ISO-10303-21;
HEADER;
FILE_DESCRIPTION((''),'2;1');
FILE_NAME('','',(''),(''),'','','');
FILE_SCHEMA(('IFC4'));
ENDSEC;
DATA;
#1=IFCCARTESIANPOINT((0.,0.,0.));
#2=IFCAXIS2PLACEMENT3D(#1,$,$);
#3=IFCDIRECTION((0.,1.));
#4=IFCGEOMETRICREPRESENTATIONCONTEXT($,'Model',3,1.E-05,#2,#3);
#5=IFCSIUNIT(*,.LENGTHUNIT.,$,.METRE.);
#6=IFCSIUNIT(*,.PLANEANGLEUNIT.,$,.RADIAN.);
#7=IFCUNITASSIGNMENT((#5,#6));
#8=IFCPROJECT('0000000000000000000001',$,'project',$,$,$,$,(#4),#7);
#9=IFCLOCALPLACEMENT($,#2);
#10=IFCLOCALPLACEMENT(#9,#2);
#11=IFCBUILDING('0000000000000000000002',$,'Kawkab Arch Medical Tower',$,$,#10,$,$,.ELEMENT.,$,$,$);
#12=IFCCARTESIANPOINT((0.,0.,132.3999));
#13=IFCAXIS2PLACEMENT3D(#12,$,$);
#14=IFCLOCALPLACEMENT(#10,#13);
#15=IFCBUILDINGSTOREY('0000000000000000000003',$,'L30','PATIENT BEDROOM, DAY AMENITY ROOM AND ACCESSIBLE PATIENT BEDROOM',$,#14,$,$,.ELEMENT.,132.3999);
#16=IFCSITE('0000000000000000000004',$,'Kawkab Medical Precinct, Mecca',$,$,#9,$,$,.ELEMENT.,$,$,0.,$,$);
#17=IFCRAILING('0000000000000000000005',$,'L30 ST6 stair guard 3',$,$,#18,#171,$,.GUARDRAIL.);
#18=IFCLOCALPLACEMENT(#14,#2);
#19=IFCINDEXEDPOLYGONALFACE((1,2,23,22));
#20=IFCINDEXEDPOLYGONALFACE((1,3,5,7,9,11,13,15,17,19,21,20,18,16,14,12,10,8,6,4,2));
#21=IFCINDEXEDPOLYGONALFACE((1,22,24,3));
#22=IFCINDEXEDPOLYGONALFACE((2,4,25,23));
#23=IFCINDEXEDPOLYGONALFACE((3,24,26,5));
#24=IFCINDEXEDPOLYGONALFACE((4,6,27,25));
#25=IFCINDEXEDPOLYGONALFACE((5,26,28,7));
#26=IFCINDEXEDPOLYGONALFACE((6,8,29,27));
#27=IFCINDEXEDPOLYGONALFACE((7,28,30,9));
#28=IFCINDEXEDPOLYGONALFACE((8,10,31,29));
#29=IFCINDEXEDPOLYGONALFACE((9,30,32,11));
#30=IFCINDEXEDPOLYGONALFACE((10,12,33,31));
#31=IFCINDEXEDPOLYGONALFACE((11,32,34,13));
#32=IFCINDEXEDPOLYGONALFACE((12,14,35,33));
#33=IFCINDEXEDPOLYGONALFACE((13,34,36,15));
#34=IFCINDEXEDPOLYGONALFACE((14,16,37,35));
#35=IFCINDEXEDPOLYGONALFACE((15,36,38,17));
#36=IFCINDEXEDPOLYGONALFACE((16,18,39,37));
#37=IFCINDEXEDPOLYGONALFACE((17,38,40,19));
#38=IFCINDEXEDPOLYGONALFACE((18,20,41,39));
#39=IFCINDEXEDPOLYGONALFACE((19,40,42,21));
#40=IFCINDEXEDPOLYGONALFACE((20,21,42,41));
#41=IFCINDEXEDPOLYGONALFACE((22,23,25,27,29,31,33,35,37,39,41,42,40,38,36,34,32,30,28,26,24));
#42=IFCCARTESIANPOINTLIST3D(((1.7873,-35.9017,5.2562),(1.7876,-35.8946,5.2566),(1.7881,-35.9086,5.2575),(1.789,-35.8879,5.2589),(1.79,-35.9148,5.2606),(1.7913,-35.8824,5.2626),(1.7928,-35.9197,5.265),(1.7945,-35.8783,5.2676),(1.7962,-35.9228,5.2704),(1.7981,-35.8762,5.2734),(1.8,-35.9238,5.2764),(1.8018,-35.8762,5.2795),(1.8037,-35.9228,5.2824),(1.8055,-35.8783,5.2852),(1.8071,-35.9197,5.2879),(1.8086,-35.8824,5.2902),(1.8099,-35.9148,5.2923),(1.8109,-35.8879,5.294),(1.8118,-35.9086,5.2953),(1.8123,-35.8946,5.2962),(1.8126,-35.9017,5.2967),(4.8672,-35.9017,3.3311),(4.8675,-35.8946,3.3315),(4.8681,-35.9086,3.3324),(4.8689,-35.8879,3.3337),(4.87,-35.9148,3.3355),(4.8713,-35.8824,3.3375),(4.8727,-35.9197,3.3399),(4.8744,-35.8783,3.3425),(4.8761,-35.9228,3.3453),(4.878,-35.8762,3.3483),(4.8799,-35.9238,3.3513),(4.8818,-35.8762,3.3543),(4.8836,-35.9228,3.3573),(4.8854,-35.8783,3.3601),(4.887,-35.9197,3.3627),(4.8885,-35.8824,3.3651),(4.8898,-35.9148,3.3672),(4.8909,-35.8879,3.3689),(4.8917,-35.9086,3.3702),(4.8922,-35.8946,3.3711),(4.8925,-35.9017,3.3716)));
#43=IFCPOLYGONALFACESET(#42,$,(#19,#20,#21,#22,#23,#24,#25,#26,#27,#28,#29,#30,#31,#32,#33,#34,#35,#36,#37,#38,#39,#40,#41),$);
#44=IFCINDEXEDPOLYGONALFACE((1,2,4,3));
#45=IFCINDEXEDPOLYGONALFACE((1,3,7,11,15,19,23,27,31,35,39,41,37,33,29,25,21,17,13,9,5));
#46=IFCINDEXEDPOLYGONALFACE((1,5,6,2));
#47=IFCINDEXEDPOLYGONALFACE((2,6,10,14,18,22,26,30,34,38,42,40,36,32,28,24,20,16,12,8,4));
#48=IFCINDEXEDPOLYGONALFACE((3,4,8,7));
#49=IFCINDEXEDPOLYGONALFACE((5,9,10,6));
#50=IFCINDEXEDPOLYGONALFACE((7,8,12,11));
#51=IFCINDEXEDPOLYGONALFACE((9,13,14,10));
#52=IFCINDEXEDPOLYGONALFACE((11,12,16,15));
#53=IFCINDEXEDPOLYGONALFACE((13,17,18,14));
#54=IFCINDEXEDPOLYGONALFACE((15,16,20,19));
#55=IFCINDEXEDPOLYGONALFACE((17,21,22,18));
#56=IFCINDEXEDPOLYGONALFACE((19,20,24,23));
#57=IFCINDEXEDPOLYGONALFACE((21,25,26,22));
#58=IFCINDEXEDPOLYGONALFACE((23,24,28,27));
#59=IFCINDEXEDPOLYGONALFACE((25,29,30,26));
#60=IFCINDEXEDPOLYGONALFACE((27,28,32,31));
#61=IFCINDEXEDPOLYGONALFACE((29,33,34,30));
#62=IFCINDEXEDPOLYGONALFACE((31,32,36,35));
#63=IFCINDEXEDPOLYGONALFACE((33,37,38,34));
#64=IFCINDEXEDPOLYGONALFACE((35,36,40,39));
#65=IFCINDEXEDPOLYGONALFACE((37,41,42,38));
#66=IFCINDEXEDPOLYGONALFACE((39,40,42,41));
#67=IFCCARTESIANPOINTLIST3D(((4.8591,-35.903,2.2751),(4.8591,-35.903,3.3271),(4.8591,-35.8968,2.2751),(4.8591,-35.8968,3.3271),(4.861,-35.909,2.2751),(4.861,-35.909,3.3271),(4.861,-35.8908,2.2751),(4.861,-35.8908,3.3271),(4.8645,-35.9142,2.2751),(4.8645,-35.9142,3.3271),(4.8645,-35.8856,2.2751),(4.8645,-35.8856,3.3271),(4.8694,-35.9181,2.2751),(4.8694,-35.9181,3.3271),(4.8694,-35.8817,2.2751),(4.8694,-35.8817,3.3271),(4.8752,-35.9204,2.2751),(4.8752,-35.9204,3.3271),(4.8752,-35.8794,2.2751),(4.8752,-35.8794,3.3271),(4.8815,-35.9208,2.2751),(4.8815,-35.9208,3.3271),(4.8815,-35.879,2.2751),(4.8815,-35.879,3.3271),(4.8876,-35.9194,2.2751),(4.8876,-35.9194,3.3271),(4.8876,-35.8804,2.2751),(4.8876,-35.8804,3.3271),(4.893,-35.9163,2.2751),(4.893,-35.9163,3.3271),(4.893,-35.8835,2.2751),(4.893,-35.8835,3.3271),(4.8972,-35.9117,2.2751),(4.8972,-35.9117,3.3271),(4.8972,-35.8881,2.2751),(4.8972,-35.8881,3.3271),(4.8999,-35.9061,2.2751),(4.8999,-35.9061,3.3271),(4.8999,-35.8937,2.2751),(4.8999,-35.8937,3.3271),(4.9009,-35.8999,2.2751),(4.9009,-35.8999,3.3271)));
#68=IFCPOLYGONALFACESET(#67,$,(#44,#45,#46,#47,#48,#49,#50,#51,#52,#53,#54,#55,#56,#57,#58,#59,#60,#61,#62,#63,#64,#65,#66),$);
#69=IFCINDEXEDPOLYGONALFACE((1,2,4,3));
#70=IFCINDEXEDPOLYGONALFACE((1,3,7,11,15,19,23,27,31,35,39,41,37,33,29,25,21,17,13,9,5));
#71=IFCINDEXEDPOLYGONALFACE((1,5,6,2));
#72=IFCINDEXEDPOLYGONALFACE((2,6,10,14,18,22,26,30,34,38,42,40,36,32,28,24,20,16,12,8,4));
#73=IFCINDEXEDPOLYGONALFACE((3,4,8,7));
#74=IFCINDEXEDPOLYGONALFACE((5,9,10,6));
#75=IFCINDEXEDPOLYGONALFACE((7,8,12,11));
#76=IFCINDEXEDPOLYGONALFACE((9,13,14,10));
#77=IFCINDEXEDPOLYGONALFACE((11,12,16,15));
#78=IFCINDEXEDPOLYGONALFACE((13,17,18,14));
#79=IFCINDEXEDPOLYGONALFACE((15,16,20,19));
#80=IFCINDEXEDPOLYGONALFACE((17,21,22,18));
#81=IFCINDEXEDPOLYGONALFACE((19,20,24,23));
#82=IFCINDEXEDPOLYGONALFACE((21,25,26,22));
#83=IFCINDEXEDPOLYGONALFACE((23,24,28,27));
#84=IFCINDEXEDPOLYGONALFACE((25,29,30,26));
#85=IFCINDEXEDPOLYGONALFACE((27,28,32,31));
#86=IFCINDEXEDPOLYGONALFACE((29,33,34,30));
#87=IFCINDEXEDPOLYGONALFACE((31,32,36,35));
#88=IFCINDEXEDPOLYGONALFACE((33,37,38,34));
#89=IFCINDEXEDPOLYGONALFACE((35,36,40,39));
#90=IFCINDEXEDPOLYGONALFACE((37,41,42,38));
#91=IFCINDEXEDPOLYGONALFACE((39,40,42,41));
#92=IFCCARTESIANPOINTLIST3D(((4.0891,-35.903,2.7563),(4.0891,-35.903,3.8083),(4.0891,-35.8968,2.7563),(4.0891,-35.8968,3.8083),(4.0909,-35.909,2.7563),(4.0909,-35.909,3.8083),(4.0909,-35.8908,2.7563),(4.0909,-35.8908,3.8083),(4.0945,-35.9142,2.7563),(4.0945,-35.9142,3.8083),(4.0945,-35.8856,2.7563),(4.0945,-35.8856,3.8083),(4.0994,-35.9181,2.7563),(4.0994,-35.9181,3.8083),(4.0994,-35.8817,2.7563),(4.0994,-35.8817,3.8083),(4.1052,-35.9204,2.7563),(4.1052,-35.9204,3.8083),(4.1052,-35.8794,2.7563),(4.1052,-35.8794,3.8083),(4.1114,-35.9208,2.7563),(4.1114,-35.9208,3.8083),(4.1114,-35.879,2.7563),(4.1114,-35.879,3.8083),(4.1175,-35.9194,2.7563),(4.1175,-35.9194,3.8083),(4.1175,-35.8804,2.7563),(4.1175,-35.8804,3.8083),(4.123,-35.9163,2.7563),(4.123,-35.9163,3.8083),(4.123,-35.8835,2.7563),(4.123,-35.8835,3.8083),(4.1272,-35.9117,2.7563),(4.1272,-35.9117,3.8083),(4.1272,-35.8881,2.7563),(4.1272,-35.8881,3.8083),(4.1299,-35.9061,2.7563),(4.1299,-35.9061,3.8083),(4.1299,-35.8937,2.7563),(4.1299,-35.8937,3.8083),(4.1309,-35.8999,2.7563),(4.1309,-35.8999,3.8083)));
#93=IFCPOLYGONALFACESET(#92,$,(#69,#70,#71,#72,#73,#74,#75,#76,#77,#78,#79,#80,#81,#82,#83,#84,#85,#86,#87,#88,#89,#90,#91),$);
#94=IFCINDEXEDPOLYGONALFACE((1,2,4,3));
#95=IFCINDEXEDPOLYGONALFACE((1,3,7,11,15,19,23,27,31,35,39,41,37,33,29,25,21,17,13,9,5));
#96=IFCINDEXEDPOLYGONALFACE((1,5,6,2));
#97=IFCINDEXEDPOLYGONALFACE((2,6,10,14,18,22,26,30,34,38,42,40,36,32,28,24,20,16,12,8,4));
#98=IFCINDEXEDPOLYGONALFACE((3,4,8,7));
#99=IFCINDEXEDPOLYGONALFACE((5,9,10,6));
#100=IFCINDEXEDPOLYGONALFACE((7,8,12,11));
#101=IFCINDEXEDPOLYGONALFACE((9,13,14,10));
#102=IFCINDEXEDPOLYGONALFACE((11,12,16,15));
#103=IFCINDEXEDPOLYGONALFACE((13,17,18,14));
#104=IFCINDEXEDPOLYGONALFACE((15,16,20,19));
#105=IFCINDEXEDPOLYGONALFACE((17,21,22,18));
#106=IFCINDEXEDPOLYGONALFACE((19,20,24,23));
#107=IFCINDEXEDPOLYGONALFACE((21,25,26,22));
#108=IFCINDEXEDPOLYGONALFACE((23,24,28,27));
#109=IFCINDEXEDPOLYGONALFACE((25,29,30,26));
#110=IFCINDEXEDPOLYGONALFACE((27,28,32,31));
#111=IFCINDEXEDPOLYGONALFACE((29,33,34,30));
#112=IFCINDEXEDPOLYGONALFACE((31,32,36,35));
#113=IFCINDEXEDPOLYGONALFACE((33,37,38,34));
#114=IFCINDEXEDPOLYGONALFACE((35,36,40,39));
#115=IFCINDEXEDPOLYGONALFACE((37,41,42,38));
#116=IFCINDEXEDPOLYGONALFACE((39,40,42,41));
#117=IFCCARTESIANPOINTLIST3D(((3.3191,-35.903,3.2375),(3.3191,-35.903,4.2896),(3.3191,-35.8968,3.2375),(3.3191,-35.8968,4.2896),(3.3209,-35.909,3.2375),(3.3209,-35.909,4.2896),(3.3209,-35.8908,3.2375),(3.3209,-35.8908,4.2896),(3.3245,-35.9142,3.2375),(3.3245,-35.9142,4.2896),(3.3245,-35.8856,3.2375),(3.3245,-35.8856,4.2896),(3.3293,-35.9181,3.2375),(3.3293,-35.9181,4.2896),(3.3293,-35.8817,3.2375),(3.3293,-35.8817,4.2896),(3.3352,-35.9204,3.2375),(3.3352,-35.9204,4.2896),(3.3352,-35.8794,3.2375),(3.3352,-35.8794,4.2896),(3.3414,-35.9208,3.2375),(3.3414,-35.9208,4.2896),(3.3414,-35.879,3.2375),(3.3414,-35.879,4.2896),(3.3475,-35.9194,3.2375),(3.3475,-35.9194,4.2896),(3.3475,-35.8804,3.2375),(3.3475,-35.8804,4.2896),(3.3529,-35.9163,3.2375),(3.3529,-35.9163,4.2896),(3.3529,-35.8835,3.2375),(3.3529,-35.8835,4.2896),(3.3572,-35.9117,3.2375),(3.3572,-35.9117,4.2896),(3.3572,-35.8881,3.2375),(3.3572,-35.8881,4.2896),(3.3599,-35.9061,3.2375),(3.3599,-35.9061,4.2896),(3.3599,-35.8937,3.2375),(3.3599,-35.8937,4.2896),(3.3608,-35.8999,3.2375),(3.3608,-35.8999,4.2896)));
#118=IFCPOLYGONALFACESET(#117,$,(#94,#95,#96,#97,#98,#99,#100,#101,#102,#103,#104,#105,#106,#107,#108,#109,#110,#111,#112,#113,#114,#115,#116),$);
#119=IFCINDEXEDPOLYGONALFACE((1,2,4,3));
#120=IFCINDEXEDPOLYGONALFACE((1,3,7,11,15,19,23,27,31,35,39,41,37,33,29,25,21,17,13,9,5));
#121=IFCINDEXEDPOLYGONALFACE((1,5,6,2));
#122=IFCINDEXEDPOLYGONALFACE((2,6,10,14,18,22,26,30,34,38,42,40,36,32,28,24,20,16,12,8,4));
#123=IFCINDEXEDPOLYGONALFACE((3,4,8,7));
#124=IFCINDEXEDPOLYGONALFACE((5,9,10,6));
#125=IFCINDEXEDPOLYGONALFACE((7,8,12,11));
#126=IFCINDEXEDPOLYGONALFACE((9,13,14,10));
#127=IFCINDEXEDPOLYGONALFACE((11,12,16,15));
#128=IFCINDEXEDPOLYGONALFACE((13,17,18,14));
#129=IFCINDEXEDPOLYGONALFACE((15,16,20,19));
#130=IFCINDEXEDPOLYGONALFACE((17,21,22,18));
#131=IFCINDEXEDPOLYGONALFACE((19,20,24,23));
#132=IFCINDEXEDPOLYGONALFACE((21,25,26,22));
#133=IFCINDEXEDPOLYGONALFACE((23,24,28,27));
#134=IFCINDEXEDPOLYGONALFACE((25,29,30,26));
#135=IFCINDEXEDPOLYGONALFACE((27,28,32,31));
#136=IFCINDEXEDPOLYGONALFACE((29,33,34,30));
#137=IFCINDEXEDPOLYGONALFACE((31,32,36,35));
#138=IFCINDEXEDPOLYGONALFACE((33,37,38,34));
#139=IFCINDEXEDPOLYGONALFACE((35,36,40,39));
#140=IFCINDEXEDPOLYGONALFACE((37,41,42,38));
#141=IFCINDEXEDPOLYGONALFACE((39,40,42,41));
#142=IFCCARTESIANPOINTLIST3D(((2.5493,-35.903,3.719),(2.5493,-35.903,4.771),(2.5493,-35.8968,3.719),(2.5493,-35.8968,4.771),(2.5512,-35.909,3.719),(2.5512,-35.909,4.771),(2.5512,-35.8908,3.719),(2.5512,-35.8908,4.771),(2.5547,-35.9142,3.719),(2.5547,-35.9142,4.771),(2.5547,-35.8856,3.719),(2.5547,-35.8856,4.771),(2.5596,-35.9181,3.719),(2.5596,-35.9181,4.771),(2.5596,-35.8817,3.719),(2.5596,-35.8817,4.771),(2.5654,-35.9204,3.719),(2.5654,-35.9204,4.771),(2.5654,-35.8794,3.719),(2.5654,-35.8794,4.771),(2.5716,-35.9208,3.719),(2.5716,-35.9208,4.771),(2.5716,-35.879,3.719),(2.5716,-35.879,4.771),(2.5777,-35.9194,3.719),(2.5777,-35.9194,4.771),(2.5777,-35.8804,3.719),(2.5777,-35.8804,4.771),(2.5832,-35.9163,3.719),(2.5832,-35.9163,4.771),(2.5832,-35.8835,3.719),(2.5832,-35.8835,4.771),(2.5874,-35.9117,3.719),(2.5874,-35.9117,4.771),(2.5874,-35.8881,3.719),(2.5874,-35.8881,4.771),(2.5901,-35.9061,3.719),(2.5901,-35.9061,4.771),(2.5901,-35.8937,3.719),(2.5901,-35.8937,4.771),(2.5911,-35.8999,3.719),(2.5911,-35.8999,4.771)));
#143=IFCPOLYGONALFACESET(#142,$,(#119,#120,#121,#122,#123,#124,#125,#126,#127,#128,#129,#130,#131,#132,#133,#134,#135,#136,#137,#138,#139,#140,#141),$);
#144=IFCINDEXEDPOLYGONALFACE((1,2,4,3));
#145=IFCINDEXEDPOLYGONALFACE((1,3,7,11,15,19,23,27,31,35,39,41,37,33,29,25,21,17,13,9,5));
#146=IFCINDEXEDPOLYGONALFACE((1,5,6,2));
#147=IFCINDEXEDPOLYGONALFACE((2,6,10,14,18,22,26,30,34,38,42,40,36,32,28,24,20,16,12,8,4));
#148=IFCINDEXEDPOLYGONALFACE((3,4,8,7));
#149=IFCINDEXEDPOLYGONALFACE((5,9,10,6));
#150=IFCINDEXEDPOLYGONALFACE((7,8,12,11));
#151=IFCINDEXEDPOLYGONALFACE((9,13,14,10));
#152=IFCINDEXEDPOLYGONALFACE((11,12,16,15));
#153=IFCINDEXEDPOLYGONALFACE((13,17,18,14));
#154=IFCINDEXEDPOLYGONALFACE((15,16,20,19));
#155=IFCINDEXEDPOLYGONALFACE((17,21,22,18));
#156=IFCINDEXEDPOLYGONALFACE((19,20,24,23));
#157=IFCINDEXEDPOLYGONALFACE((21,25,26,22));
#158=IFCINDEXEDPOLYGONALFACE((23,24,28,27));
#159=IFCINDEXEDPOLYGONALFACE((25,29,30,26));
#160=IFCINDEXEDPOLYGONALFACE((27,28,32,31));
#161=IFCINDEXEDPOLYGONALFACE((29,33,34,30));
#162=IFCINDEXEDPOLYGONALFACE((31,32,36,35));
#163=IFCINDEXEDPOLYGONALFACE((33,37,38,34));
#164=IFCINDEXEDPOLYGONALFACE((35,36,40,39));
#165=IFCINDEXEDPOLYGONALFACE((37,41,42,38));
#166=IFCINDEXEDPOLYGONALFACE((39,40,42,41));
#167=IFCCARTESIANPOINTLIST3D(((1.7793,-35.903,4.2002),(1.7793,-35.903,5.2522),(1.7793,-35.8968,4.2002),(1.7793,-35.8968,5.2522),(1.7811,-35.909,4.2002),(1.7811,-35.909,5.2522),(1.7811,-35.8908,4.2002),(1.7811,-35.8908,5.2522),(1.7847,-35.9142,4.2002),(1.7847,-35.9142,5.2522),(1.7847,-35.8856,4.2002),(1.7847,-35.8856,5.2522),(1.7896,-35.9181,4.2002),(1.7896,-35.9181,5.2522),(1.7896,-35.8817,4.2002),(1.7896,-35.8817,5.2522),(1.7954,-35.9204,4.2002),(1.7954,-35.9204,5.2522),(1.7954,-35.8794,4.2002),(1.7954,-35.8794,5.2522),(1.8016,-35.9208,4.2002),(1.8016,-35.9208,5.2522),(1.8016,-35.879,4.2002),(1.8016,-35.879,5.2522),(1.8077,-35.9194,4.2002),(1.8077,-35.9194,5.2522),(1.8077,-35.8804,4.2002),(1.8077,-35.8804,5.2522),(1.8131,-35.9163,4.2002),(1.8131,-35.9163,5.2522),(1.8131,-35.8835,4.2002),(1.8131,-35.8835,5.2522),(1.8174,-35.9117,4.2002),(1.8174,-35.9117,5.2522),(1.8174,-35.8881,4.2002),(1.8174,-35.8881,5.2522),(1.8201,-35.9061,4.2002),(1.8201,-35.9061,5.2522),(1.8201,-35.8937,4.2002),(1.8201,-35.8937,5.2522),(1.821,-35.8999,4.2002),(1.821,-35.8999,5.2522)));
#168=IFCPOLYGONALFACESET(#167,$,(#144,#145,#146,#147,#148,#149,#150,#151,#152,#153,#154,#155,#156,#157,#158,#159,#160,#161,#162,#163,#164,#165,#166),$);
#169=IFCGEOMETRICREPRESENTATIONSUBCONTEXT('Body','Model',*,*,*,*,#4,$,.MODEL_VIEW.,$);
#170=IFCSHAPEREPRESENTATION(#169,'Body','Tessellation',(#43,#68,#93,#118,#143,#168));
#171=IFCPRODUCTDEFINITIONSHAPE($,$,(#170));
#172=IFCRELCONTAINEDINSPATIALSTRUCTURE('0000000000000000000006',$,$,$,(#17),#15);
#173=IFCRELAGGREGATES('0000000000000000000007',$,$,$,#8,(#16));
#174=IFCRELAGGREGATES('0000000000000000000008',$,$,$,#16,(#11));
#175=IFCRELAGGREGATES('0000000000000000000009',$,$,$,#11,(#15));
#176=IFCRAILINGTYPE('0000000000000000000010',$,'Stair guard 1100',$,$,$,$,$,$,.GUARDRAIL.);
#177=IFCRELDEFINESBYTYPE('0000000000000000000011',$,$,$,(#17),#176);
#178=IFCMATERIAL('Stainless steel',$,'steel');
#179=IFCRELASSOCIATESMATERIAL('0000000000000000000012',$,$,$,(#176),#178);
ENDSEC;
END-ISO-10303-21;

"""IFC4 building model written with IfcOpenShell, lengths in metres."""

from ifc_helpers import new_model, si_unit, direction, frame, origin, origin_2d, place, context, subcontext, project, spatial, circle, extrude, material, type_object, element, save


model = new_model("IFC4")

# Units and contexts
model_context = context("Model", 3, precision=1e-05, world=origin(), true_north=direction((0.0, 1.0)))
body_context = subcontext(model_context, "Body", "Model", "MODEL_VIEW")
ifc_project = project(units=[si_unit("LENGTHUNIT", "METRE"), si_unit("PLANEANGLEUNIT", "RADIAN")], contexts=[model_context])

# Site, building, storey
site_placement = place(None, origin())
site = spatial("IfcSite", under=ifc_project, at=site_placement, Name="Kawkab Medical Precinct, Mecca", CompositionType="ELEMENT", RefElevation=0.0)
building_placement = place(site_placement, origin())
building = spatial("IfcBuilding", under=site, at=building_placement, Name="Kawkab Arch Medical Tower", CompositionType="ELEMENT")
storey_placement = place(building_placement, frame((0.0, 0.0, 132.3999)))
storey = spatial("IfcBuildingStorey", under=building, at=storey_placement, Name="L30", Description="PATIENT BEDROOM, DAY AMENITY ROOM AND ACCESSIBLE PATIENT BEDROOM", CompositionType="ELEMENT", Elevation=132.3999)

# Railing
ifc_material_1 = material(Name="Stainless steel", Category="steel")
railing_type = type_object("IfcRailingType", Name="Stair guard 1100", PredefinedType="GUARDRAIL", material=ifc_material_1)
railing_1_placement = place(storey_placement, frame((4.8799, -35.8999, 2.2751)))
element("IfcRailing", 1, at=railing_1_placement, inside=storey, type_object=railing_type, Name="L30 ST6 stair guard 3", PredefinedType="GUARDRAIL", context=body_context, shape_type="SweptSolid", body=[
    extrude(circle(Radius=0.0239, at=origin_2d()), frame((0.0, 0.0, 1.0762), z_axis=(-0.847979, 0.0, 0.530029), x_axis=(0.0, -1.0, 0.0)), (0.0, 0.0, 1.0), 3.6321),
    extrude(circle(Radius=0.021, at=origin_2d()), origin(), (0.0, 0.0, 1.0), 1.052),
    extrude(circle(Radius=0.021, at=origin_2d()), frame((-0.77, 0.0, 0.4812)), (0.0, 0.0, 1.0), 1.052),
    extrude(circle(Radius=0.021, at=origin_2d()), frame((-1.54, 0.0, 0.9624)), (0.0, 0.0, 1.0), 1.052),
    extrude(circle(Radius=0.021, at=origin_2d()), frame((-2.3098, 0.0, 1.4438)), (0.0, 0.0, 1.0), 1.052),
    extrude(circle(Radius=0.021, at=origin_2d()), frame((-3.0798, 0.0, 1.925)), (0.0, 0.0, 1.0), 1.052),
])

save(model, "model.ifc")
